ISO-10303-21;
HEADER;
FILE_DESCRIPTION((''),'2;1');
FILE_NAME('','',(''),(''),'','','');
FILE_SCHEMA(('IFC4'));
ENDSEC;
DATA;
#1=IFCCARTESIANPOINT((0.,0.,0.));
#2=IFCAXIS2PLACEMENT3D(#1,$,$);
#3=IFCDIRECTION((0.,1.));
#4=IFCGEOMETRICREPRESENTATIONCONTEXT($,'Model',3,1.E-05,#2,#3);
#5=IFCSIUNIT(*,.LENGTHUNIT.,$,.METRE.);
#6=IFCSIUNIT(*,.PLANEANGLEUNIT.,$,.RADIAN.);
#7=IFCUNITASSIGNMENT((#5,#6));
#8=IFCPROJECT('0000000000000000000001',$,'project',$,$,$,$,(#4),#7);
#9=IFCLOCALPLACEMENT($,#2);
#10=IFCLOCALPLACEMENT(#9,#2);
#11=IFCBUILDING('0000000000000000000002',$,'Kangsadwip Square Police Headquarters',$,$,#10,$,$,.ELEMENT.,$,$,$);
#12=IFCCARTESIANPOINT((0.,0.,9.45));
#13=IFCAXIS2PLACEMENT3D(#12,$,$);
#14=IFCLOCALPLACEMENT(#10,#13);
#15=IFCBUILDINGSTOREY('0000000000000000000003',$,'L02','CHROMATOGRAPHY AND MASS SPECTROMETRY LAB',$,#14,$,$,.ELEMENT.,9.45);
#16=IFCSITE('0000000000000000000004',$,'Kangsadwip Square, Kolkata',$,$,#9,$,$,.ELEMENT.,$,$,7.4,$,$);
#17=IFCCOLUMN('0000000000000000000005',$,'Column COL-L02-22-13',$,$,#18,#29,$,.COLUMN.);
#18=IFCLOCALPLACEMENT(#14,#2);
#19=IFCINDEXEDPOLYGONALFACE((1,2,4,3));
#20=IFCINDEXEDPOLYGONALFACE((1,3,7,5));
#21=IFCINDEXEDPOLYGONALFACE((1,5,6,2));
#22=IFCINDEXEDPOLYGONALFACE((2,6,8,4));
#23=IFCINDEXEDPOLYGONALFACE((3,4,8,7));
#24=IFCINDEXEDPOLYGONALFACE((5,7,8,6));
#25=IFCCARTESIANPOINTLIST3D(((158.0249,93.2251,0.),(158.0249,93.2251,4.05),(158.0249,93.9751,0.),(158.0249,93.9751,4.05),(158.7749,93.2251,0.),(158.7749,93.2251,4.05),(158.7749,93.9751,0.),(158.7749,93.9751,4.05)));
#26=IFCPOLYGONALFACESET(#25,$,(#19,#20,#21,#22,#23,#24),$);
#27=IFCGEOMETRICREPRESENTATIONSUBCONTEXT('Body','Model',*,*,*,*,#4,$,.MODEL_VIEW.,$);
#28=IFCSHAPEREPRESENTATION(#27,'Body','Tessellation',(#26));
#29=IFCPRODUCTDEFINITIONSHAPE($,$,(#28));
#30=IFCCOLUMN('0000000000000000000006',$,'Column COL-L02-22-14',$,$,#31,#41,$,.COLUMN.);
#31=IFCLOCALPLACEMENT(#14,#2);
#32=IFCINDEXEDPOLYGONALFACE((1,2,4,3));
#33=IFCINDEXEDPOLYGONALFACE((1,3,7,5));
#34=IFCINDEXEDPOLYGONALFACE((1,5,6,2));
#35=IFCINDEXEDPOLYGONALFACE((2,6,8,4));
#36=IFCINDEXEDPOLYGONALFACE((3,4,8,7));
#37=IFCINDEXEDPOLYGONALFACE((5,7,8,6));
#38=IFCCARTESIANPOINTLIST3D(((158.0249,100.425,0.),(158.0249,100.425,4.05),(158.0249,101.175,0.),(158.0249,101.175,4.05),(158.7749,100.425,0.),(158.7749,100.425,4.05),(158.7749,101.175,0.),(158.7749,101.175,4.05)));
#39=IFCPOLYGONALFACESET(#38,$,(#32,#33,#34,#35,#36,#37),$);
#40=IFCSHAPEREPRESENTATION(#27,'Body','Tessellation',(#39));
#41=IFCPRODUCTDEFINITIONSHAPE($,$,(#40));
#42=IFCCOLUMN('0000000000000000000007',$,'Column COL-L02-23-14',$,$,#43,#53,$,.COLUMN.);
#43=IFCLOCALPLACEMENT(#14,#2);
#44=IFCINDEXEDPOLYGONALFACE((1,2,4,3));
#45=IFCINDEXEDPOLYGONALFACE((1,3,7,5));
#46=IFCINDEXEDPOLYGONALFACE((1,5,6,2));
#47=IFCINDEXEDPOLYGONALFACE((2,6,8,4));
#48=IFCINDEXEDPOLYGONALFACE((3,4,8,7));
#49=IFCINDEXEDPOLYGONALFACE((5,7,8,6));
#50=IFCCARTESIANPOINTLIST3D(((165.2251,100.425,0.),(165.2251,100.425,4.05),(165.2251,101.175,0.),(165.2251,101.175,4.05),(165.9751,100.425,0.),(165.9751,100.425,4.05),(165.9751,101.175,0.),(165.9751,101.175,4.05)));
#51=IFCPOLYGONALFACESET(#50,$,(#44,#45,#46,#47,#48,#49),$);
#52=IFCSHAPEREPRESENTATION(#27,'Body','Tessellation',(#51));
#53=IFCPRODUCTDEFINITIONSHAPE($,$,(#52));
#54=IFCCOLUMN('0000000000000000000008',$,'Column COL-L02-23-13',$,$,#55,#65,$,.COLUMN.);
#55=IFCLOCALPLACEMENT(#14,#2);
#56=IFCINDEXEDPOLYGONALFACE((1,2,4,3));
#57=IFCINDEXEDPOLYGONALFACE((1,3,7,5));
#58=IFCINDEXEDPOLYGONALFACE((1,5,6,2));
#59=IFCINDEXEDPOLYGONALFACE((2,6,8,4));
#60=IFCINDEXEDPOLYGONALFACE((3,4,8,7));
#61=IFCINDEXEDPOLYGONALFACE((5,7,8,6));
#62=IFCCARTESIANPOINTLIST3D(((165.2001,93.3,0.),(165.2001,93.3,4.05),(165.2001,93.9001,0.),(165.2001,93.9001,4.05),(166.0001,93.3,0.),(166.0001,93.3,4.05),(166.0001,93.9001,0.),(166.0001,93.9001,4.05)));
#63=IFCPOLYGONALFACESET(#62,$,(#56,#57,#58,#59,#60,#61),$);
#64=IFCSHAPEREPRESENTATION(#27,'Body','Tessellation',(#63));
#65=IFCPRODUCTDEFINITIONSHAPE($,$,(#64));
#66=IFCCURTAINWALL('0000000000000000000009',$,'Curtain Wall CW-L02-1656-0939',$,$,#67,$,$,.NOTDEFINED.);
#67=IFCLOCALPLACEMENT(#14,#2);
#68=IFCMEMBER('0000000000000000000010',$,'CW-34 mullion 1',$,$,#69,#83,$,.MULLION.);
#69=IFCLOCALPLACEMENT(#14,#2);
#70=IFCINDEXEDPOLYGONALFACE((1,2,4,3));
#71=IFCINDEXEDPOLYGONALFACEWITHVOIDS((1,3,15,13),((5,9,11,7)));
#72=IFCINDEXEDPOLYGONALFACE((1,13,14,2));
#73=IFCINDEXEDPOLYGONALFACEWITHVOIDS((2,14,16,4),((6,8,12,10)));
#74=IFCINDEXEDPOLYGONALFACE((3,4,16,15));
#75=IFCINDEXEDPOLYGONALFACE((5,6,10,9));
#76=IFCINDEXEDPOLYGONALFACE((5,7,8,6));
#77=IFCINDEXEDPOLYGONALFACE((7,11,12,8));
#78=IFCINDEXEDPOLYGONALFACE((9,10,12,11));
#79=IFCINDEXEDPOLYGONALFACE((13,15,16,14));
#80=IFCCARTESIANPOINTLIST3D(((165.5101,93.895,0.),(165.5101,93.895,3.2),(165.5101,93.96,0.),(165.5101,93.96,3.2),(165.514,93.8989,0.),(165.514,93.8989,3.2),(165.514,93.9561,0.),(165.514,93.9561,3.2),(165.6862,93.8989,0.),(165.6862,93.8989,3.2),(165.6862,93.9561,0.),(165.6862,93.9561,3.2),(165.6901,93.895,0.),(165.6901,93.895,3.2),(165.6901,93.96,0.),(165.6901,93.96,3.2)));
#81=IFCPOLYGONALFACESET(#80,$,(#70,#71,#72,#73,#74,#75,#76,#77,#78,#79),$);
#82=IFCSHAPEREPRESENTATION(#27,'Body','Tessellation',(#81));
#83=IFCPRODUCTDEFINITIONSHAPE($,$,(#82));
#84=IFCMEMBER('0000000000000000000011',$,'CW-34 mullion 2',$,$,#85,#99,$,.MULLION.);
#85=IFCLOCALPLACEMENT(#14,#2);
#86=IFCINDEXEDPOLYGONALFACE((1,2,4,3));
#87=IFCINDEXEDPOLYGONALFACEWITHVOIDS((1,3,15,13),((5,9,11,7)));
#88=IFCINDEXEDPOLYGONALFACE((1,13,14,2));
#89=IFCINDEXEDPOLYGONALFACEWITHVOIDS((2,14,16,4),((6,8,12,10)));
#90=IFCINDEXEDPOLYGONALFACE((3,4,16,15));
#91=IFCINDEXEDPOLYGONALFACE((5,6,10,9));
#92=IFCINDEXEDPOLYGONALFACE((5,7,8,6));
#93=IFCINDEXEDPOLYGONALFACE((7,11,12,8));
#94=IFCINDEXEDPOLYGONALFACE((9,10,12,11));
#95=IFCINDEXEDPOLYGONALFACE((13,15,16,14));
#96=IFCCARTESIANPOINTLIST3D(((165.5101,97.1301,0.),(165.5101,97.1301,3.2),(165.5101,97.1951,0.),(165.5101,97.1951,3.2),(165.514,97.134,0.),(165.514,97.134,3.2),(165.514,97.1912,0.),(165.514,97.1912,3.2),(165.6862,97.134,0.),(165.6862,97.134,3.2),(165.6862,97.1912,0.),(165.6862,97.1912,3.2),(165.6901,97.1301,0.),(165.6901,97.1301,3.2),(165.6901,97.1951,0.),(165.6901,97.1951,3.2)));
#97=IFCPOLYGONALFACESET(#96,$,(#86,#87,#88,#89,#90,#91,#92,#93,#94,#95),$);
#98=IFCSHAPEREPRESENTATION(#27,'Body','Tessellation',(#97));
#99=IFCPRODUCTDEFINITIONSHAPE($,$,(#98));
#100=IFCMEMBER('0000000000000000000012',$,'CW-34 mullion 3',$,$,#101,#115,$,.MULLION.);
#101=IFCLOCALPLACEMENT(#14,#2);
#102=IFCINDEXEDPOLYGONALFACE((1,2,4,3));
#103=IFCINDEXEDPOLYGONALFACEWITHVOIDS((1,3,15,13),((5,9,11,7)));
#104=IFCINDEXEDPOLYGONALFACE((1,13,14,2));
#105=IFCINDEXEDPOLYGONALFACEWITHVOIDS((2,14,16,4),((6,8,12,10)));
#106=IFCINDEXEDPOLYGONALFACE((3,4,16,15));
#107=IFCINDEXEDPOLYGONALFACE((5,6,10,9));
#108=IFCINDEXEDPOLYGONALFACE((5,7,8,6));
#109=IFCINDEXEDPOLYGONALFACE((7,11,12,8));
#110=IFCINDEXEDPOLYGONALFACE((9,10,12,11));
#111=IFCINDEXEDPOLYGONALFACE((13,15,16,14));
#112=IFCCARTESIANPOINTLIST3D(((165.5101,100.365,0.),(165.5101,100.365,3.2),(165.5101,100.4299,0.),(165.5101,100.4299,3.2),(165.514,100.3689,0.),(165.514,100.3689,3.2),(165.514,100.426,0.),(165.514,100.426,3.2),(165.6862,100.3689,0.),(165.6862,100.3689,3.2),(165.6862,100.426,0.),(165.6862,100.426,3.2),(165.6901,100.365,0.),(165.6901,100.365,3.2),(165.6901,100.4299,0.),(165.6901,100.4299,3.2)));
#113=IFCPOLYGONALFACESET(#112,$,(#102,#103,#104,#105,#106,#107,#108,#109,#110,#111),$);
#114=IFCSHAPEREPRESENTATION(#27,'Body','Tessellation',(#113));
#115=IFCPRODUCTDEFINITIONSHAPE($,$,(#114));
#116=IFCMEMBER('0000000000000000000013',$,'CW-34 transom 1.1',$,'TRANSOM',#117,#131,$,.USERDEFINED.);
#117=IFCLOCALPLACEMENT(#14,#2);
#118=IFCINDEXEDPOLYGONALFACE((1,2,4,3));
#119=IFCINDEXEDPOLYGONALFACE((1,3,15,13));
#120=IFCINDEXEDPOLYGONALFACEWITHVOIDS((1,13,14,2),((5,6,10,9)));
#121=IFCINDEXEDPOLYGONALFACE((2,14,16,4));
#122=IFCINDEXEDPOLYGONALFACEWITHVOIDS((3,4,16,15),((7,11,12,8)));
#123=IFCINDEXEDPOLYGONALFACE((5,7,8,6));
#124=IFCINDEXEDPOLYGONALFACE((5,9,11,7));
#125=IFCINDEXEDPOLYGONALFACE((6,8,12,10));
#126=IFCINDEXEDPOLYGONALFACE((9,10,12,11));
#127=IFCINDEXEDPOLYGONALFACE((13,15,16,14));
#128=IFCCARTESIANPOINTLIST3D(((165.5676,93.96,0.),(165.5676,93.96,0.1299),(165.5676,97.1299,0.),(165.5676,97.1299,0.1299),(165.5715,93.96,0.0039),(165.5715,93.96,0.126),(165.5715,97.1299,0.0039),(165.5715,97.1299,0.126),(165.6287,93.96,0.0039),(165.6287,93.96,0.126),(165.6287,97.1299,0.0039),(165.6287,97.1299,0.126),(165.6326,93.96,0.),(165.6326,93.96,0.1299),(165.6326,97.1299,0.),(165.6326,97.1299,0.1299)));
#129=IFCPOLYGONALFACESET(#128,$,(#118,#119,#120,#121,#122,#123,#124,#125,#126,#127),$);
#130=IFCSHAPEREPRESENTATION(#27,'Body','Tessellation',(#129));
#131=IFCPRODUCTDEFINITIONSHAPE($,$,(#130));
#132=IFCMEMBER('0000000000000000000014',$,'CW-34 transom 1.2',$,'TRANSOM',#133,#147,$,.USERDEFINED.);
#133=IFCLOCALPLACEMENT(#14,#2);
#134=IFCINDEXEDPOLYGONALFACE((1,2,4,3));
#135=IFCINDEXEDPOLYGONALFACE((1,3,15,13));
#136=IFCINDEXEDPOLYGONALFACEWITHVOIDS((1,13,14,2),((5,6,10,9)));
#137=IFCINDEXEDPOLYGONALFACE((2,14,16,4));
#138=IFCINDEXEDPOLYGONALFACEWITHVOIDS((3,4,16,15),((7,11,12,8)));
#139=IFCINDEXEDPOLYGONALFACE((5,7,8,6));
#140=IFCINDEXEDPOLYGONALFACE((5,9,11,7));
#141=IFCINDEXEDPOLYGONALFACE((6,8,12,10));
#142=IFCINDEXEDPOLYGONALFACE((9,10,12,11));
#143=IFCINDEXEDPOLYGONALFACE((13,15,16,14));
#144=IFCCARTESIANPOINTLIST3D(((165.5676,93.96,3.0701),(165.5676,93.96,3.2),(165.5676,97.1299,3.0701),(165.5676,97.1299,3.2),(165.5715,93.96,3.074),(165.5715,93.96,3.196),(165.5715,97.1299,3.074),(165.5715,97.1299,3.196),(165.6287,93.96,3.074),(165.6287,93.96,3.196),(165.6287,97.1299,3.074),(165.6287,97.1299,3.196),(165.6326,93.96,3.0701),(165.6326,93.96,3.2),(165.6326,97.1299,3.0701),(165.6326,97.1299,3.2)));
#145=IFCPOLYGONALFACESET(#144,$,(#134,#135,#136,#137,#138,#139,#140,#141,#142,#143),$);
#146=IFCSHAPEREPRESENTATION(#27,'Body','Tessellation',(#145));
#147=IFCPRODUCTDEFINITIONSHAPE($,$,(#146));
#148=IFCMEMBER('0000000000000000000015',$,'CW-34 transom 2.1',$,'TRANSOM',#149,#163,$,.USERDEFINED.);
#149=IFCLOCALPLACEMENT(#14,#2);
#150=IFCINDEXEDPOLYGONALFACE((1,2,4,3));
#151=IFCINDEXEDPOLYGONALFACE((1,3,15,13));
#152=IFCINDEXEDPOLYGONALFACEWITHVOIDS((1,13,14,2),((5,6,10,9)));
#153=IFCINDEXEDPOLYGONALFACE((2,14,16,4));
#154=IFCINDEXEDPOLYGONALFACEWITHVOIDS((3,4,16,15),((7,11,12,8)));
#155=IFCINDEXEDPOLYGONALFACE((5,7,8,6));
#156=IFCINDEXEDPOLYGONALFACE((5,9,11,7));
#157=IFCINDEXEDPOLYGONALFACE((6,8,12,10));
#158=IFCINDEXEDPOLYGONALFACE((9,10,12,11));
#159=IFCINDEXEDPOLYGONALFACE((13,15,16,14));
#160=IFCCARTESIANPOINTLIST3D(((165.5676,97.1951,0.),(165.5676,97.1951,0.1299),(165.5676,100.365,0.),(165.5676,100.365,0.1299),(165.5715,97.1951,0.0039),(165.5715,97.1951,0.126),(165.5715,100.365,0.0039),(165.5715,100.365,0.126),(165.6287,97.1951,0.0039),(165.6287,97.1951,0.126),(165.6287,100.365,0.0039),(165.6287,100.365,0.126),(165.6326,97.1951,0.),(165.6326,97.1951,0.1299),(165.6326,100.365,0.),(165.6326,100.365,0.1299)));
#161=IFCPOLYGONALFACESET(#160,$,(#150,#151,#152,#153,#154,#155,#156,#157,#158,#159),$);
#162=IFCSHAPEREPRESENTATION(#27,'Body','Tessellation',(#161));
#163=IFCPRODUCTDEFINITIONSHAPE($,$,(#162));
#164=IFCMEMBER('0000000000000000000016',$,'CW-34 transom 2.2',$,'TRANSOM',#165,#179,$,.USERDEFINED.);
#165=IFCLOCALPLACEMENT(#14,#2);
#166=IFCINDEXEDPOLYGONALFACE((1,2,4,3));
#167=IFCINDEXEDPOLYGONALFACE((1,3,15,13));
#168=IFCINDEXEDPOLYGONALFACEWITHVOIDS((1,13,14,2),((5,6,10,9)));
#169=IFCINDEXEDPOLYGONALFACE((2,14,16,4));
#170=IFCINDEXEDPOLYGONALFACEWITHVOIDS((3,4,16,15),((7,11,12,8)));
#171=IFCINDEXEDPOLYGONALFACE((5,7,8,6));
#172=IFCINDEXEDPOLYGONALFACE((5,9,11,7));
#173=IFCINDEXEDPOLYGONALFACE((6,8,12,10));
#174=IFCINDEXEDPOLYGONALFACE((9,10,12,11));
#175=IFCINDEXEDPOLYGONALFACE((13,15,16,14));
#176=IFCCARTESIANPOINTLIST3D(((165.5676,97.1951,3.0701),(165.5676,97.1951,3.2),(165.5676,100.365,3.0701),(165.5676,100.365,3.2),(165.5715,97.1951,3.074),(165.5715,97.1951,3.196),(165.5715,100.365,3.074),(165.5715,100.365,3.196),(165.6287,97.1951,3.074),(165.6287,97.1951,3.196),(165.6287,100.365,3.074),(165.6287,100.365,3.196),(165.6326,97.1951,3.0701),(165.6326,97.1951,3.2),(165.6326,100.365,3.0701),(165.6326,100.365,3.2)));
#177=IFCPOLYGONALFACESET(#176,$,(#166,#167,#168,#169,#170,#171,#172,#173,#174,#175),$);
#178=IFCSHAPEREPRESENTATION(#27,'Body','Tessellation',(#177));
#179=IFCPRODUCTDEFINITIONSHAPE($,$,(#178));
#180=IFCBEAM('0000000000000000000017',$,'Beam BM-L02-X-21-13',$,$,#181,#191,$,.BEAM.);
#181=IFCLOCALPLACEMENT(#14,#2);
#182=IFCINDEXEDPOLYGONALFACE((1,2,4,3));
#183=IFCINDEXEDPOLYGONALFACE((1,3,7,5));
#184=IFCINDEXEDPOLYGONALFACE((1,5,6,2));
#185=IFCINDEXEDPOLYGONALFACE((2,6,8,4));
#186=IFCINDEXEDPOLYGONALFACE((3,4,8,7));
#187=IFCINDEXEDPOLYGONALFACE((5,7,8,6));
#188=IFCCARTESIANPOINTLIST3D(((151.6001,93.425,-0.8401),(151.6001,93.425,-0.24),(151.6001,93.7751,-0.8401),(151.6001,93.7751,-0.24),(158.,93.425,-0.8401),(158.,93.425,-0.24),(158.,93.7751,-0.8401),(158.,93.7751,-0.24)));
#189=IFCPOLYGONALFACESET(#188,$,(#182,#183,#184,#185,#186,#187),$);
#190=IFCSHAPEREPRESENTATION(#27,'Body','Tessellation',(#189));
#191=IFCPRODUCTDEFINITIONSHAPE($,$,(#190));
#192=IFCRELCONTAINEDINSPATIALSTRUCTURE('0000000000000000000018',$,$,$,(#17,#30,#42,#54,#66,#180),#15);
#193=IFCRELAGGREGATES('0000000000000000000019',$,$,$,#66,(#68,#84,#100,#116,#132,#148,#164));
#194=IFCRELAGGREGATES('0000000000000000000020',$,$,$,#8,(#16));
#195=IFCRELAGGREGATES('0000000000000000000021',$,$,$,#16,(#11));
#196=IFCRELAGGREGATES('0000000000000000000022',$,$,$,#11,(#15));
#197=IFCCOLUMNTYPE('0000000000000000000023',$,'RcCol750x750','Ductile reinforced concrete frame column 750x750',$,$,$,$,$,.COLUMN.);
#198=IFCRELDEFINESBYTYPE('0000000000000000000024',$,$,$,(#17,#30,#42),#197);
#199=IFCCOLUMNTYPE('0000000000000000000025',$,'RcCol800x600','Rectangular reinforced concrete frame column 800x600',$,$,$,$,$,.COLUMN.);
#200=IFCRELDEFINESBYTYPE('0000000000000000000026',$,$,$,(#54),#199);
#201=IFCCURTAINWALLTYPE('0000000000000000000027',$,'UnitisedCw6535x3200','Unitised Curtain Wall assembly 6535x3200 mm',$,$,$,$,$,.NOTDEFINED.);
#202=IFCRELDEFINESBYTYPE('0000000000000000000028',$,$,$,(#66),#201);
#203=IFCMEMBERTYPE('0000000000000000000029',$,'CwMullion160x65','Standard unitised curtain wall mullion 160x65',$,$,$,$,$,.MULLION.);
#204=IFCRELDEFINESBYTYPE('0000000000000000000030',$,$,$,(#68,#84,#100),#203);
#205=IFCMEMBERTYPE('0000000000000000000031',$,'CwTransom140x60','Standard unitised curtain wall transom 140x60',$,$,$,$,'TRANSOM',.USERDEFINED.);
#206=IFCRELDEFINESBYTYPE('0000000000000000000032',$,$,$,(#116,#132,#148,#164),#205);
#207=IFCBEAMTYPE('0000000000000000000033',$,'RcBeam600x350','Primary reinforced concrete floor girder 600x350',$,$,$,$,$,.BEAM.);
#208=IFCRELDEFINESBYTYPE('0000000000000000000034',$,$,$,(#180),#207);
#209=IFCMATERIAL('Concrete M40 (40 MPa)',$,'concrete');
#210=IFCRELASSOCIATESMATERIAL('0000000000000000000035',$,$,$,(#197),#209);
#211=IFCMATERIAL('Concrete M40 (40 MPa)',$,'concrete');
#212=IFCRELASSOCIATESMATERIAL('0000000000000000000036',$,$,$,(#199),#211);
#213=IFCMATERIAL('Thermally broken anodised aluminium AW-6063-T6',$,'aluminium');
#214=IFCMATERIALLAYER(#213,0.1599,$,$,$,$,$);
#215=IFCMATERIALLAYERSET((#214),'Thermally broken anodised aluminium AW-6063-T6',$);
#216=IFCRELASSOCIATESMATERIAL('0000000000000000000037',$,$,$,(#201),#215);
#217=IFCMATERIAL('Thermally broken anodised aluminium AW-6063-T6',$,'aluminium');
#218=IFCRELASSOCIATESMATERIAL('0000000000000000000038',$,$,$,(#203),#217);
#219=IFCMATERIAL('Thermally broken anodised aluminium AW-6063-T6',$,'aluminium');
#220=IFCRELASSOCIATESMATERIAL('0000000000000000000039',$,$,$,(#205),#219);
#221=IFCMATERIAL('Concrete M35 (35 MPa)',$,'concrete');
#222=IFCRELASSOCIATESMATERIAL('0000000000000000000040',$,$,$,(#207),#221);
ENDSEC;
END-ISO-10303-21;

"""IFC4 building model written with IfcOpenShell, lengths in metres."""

from ifc_helpers import new_model, si_unit, direction, frame, origin, origin_2d, place, context, subcontext, project, spatial, rectangle, hollow_rectangle, extrude, material, layer, layer_set, material_profile, profile_set, type_object, element, aggregate, save


model = new_model("IFC4")

# Units and contexts
model_context = context("Model", 3, precision=1e-05, world=origin(), true_north=direction((0.0, 1.0)))
body_context = subcontext(model_context, "Body", "Model", "MODEL_VIEW")
ifc_project = project(units=[si_unit("LENGTHUNIT", "METRE"), si_unit("PLANEANGLEUNIT", "RADIAN")], contexts=[model_context])

# Site, building, storey
site_placement = place(None, origin())
site = spatial("IfcSite", under=ifc_project, at=site_placement, Name="Kangsadwip Square, Kolkata", CompositionType="ELEMENT", RefElevation=7.4)
building_placement = place(site_placement, origin())
building = spatial("IfcBuilding", under=site, at=building_placement, Name="Kangsadwip Square Police Headquarters", CompositionType="ELEMENT")
storey_placement = place(building_placement, frame((0.0, 0.0, 9.45)))
storey = spatial("IfcBuildingStorey", under=building, at=storey_placement, Name="L02", Description="CHROMATOGRAPHY AND MASS SPECTROMETRY LAB", CompositionType="ELEMENT", Elevation=9.45)

# Columns
ifc_material_1 = material(Name="Concrete M40 (40 MPa)", Category="concrete")
ifc_material_profile_1 = material_profile(ifc_material_1, rectangle(XDim=0.75, YDim=0.75, at=origin_2d()), Name="RC COL 750X750")
ifc_profile_set_1 = profile_set([ifc_material_profile_1], Name="Concrete M40 (40 MPa)")
column_type_1 = type_object("IfcColumnType", Name="RcCol750x750", Description="Ductile reinforced concrete frame column 750x750", PredefinedType="COLUMN", material=ifc_profile_set_1)
for number, where, z_axis, x_axis, name in (
    (1, (158.3999, 93.6001, 0.0), (0.0, 0.0, 1.0), (1.0, 0.0, 0.0), "Column COL-L02-22-13"),
    (2, (158.3999, 100.8, 0.0), (0.0, 0.0, 1.0), (1.0, 0.0, 0.0), "Column COL-L02-22-14"),
    (3, (165.6001, 100.8, 0.0), (0.0, 0.0, 1.0), (1.0, 0.0, 0.0), "Column COL-L02-23-14"),
):
    element("IfcColumn", number, at=place(storey_placement, frame(where, z_axis=z_axis, x_axis=x_axis)), inside=storey, type_object=column_type_1, Name=name, PredefinedType="COLUMN", context=body_context, shape_type="SweptSolid", body=[
        extrude(rectangle(XDim=0.75, YDim=0.75, at=origin_2d()), origin(), (0.0, 0.0, 1.0), 4.05),
    ])
ifc_material_2 = material(Name="Concrete M40 (40 MPa)", Category="concrete")
ifc_material_profile_2 = material_profile(ifc_material_2, rectangle(XDim=0.6001, YDim=0.8, at=origin_2d()), Name="RC COL 800X600")
ifc_profile_set_2 = profile_set([ifc_material_profile_2], Name="Concrete M40 (40 MPa)")
column_type_2 = type_object("IfcColumnType", Name="RcCol800x600", Description="Rectangular reinforced concrete frame column 800x600", PredefinedType="COLUMN", material=ifc_profile_set_2)
column_placement = place(storey_placement, frame((165.6001, 93.6001, 0.0), z_axis=(0.0, 0.0, 1.0), x_axis=(0.0, 1.0, 0.0)))
element("IfcColumn", 4, at=column_placement, inside=storey, type_object=column_type_2, Name="Column COL-L02-23-13", PredefinedType="COLUMN", context=body_context, shape_type="SweptSolid", body=[
    extrude(rectangle(XDim=0.6001, YDim=0.8, at=origin_2d()), origin(), (0.0, 0.0, 1.0), 4.05),
])

# Curtain wall, members
ifc_material_3 = material(Name="Thermally broken anodised aluminium AW-6063-T6", Category="aluminium")
ifc_layer_1 = layer(ifc_material_3, 0.1599)
ifc_layer_set_1 = layer_set([ifc_layer_1], Name="Thermally broken anodised aluminium AW-6063-T6")
curtain_wall_type = type_object("IfcCurtainWallType", Name="UnitisedCw6535x3200", Description="Unitised Curtain Wall assembly 6535x3200 mm", PredefinedType="NOTDEFINED", material=ifc_layer_set_1)
curtain_wall_placement = place(storey_placement, origin())
curtain_wall = element("IfcCurtainWall", 5, at=curtain_wall_placement, inside=storey, type_object=curtain_wall_type, Name="Curtain Wall CW-L02-1656-0939", PredefinedType="NOTDEFINED")
ifc_material_4 = material(Name="Thermally broken anodised aluminium AW-6063-T6", Category="aluminium")
ifc_material_profile_3 = material_profile(ifc_material_4, hollow_rectangle(XDim=0.0649, YDim=0.1799, WallThickness=0.0039, at=origin_2d()), Name="CWM 180X65X4")
ifc_profile_set_3 = profile_set([ifc_material_profile_3], Name="Thermally broken anodised aluminium AW-6063-T6")
member_type_1 = type_object("IfcMemberType", Name="CwMullion160x65", Description="Standard unitised curtain wall mullion 160x65", PredefinedType="MULLION", material=ifc_profile_set_3)
member_1_placement = place(storey_placement, frame((165.6001, 93.9275, 0.0), z_axis=(0.0, 0.0, 1.0), x_axis=(0.0, 1.0, 0.0)))
member_1 = element("IfcMember", 6, at=member_1_placement, type_object=member_type_1, Name="CW-34 mullion 1", PredefinedType="MULLION", context=body_context, shape_type="SweptSolid", body=[
    extrude(hollow_rectangle(XDim=0.0649, YDim=0.1799, WallThickness=0.0039, at=origin_2d()), origin(), (0.0, 0.0, 1.0), 3.2),
])
member_2_placement = place(storey_placement, frame((165.6001, 97.1626, 0.0), z_axis=(0.0, 0.0, 1.0), x_axis=(0.0, 1.0, 0.0)))
member_2 = element("IfcMember", 7, at=member_2_placement, type_object=member_type_1, Name="CW-34 mullion 2", PredefinedType="MULLION", context=body_context, shape_type="SweptSolid", body=[
    extrude(hollow_rectangle(XDim=0.0649, YDim=0.1799, WallThickness=0.0039, at=origin_2d()), origin(), (0.0, 0.0, 1.0), 3.2),
])
member_3_placement = place(storey_placement, frame((165.6001, 100.3975, 0.0), z_axis=(0.0, 0.0, 1.0), x_axis=(0.0, 1.0, 0.0)))
member_3 = element("IfcMember", 8, at=member_3_placement, type_object=member_type_1, Name="CW-34 mullion 3", PredefinedType="MULLION", context=body_context, shape_type="SweptSolid", body=[
    extrude(hollow_rectangle(XDim=0.0649, YDim=0.1799, WallThickness=0.0039, at=origin_2d()), origin(), (0.0, 0.0, 1.0), 3.2),
])
ifc_material_5 = material(Name="Thermally broken anodised aluminium AW-6063-T6", Category="aluminium")
ifc_material_profile_4 = material_profile(ifc_material_5, hollow_rectangle(XDim=0.0649, YDim=0.1299, WallThickness=0.0039, at=origin_2d()), Name="CWT 130X65X4")
ifc_profile_set_4 = profile_set([ifc_material_profile_4], Name="Thermally broken anodised aluminium AW-6063-T6")
member_type_2 = type_object("IfcMemberType", Name="CwTransom140x60", Description="Standard unitised curtain wall transom 140x60", ElementType="TRANSOM", PredefinedType="USERDEFINED", material=ifc_profile_set_4)
member_4_placement = place(storey_placement, frame((165.6001, 93.96, 0.0649), z_axis=(0.0, 1.0, 0.0), x_axis=(-1.0, 0.0, 0.0)))
member_4 = element("IfcMember", 9, at=member_4_placement, type_object=member_type_2, Name="CW-34 transom 1.1", ObjectType="TRANSOM", PredefinedType="USERDEFINED", context=body_context, shape_type="SweptSolid", body=[
    extrude(hollow_rectangle(XDim=0.0649, YDim=0.1299, WallThickness=0.0039, at=origin_2d()), origin(), (0.0, 0.0, 1.0), 3.1699),
])
member_5_placement = place(storey_placement, frame((165.6001, 93.96, 3.135), z_axis=(0.0, 1.0, 0.0), x_axis=(-1.0, 0.0, 0.0)))
member_5 = element("IfcMember", 10, at=member_5_placement, type_object=member_type_2, Name="CW-34 transom 1.2", ObjectType="TRANSOM", PredefinedType="USERDEFINED", context=body_context, shape_type="SweptSolid", body=[
    extrude(hollow_rectangle(XDim=0.0649, YDim=0.1299, WallThickness=0.0039, at=origin_2d()), origin(), (0.0, 0.0, 1.0), 3.1699),
])
member_6_placement = place(storey_placement, frame((165.6001, 97.1951, 0.0649), z_axis=(0.0, 1.0, 0.0), x_axis=(-1.0, 0.0, 0.0)))
member_6 = element("IfcMember", 11, at=member_6_placement, type_object=member_type_2, Name="CW-34 transom 2.1", ObjectType="TRANSOM", PredefinedType="USERDEFINED", context=body_context, shape_type="SweptSolid", body=[
    extrude(hollow_rectangle(XDim=0.0649, YDim=0.1299, WallThickness=0.0039, at=origin_2d()), origin(), (0.0, 0.0, 1.0), 3.1699),
])
member_7_placement = place(storey_placement, frame((165.6001, 97.1951, 3.135), z_axis=(0.0, 1.0, 0.0), x_axis=(-1.0, 0.0, 0.0)))
member_7 = element("IfcMember", 12, at=member_7_placement, type_object=member_type_2, Name="CW-34 transom 2.2", ObjectType="TRANSOM", PredefinedType="USERDEFINED", context=body_context, shape_type="SweptSolid", body=[
    extrude(hollow_rectangle(XDim=0.0649, YDim=0.1299, WallThickness=0.0039, at=origin_2d()), origin(), (0.0, 0.0, 1.0), 3.1699),
])

# Beam
ifc_material_6 = material(Name="Concrete M35 (35 MPa)", Category="concrete")
ifc_material_profile_5 = material_profile(ifc_material_6, rectangle(XDim=0.3501, YDim=0.6001, at=origin_2d()), Name="RC BM 600X350")
ifc_profile_set_5 = profile_set([ifc_material_profile_5], Name="Concrete M35 (35 MPa)")
beam_type_1 = type_object("IfcBeamType", Name="RcBeam600x350", Description="Primary reinforced concrete floor girder 600x350", PredefinedType="BEAM", material=ifc_profile_set_5)
for number, where, z_axis, x_axis, name in (
    (13, (151.6001, 93.6001, -0.54), (1.0, 0.0, 0.0), (0.0, 1.0, 0.0), "Beam BM-L02-X-21-13"),
):
    element("IfcBeam", number, at=place(storey_placement, frame(where, z_axis=z_axis, x_axis=x_axis)), inside=storey, type_object=beam_type_1, Name=name, PredefinedType="BEAM", context=body_context, shape_type="SweptSolid", body=[
        extrude(rectangle(XDim=0.3501, YDim=0.6001, at=origin_2d()), origin(), (0.0, 0.0, 1.0), 6.3999),
    ])

aggregate(curtain_wall, [member_1, member_2, member_3, member_4, member_5, member_6, member_7])

save(model, "model.ifc")
